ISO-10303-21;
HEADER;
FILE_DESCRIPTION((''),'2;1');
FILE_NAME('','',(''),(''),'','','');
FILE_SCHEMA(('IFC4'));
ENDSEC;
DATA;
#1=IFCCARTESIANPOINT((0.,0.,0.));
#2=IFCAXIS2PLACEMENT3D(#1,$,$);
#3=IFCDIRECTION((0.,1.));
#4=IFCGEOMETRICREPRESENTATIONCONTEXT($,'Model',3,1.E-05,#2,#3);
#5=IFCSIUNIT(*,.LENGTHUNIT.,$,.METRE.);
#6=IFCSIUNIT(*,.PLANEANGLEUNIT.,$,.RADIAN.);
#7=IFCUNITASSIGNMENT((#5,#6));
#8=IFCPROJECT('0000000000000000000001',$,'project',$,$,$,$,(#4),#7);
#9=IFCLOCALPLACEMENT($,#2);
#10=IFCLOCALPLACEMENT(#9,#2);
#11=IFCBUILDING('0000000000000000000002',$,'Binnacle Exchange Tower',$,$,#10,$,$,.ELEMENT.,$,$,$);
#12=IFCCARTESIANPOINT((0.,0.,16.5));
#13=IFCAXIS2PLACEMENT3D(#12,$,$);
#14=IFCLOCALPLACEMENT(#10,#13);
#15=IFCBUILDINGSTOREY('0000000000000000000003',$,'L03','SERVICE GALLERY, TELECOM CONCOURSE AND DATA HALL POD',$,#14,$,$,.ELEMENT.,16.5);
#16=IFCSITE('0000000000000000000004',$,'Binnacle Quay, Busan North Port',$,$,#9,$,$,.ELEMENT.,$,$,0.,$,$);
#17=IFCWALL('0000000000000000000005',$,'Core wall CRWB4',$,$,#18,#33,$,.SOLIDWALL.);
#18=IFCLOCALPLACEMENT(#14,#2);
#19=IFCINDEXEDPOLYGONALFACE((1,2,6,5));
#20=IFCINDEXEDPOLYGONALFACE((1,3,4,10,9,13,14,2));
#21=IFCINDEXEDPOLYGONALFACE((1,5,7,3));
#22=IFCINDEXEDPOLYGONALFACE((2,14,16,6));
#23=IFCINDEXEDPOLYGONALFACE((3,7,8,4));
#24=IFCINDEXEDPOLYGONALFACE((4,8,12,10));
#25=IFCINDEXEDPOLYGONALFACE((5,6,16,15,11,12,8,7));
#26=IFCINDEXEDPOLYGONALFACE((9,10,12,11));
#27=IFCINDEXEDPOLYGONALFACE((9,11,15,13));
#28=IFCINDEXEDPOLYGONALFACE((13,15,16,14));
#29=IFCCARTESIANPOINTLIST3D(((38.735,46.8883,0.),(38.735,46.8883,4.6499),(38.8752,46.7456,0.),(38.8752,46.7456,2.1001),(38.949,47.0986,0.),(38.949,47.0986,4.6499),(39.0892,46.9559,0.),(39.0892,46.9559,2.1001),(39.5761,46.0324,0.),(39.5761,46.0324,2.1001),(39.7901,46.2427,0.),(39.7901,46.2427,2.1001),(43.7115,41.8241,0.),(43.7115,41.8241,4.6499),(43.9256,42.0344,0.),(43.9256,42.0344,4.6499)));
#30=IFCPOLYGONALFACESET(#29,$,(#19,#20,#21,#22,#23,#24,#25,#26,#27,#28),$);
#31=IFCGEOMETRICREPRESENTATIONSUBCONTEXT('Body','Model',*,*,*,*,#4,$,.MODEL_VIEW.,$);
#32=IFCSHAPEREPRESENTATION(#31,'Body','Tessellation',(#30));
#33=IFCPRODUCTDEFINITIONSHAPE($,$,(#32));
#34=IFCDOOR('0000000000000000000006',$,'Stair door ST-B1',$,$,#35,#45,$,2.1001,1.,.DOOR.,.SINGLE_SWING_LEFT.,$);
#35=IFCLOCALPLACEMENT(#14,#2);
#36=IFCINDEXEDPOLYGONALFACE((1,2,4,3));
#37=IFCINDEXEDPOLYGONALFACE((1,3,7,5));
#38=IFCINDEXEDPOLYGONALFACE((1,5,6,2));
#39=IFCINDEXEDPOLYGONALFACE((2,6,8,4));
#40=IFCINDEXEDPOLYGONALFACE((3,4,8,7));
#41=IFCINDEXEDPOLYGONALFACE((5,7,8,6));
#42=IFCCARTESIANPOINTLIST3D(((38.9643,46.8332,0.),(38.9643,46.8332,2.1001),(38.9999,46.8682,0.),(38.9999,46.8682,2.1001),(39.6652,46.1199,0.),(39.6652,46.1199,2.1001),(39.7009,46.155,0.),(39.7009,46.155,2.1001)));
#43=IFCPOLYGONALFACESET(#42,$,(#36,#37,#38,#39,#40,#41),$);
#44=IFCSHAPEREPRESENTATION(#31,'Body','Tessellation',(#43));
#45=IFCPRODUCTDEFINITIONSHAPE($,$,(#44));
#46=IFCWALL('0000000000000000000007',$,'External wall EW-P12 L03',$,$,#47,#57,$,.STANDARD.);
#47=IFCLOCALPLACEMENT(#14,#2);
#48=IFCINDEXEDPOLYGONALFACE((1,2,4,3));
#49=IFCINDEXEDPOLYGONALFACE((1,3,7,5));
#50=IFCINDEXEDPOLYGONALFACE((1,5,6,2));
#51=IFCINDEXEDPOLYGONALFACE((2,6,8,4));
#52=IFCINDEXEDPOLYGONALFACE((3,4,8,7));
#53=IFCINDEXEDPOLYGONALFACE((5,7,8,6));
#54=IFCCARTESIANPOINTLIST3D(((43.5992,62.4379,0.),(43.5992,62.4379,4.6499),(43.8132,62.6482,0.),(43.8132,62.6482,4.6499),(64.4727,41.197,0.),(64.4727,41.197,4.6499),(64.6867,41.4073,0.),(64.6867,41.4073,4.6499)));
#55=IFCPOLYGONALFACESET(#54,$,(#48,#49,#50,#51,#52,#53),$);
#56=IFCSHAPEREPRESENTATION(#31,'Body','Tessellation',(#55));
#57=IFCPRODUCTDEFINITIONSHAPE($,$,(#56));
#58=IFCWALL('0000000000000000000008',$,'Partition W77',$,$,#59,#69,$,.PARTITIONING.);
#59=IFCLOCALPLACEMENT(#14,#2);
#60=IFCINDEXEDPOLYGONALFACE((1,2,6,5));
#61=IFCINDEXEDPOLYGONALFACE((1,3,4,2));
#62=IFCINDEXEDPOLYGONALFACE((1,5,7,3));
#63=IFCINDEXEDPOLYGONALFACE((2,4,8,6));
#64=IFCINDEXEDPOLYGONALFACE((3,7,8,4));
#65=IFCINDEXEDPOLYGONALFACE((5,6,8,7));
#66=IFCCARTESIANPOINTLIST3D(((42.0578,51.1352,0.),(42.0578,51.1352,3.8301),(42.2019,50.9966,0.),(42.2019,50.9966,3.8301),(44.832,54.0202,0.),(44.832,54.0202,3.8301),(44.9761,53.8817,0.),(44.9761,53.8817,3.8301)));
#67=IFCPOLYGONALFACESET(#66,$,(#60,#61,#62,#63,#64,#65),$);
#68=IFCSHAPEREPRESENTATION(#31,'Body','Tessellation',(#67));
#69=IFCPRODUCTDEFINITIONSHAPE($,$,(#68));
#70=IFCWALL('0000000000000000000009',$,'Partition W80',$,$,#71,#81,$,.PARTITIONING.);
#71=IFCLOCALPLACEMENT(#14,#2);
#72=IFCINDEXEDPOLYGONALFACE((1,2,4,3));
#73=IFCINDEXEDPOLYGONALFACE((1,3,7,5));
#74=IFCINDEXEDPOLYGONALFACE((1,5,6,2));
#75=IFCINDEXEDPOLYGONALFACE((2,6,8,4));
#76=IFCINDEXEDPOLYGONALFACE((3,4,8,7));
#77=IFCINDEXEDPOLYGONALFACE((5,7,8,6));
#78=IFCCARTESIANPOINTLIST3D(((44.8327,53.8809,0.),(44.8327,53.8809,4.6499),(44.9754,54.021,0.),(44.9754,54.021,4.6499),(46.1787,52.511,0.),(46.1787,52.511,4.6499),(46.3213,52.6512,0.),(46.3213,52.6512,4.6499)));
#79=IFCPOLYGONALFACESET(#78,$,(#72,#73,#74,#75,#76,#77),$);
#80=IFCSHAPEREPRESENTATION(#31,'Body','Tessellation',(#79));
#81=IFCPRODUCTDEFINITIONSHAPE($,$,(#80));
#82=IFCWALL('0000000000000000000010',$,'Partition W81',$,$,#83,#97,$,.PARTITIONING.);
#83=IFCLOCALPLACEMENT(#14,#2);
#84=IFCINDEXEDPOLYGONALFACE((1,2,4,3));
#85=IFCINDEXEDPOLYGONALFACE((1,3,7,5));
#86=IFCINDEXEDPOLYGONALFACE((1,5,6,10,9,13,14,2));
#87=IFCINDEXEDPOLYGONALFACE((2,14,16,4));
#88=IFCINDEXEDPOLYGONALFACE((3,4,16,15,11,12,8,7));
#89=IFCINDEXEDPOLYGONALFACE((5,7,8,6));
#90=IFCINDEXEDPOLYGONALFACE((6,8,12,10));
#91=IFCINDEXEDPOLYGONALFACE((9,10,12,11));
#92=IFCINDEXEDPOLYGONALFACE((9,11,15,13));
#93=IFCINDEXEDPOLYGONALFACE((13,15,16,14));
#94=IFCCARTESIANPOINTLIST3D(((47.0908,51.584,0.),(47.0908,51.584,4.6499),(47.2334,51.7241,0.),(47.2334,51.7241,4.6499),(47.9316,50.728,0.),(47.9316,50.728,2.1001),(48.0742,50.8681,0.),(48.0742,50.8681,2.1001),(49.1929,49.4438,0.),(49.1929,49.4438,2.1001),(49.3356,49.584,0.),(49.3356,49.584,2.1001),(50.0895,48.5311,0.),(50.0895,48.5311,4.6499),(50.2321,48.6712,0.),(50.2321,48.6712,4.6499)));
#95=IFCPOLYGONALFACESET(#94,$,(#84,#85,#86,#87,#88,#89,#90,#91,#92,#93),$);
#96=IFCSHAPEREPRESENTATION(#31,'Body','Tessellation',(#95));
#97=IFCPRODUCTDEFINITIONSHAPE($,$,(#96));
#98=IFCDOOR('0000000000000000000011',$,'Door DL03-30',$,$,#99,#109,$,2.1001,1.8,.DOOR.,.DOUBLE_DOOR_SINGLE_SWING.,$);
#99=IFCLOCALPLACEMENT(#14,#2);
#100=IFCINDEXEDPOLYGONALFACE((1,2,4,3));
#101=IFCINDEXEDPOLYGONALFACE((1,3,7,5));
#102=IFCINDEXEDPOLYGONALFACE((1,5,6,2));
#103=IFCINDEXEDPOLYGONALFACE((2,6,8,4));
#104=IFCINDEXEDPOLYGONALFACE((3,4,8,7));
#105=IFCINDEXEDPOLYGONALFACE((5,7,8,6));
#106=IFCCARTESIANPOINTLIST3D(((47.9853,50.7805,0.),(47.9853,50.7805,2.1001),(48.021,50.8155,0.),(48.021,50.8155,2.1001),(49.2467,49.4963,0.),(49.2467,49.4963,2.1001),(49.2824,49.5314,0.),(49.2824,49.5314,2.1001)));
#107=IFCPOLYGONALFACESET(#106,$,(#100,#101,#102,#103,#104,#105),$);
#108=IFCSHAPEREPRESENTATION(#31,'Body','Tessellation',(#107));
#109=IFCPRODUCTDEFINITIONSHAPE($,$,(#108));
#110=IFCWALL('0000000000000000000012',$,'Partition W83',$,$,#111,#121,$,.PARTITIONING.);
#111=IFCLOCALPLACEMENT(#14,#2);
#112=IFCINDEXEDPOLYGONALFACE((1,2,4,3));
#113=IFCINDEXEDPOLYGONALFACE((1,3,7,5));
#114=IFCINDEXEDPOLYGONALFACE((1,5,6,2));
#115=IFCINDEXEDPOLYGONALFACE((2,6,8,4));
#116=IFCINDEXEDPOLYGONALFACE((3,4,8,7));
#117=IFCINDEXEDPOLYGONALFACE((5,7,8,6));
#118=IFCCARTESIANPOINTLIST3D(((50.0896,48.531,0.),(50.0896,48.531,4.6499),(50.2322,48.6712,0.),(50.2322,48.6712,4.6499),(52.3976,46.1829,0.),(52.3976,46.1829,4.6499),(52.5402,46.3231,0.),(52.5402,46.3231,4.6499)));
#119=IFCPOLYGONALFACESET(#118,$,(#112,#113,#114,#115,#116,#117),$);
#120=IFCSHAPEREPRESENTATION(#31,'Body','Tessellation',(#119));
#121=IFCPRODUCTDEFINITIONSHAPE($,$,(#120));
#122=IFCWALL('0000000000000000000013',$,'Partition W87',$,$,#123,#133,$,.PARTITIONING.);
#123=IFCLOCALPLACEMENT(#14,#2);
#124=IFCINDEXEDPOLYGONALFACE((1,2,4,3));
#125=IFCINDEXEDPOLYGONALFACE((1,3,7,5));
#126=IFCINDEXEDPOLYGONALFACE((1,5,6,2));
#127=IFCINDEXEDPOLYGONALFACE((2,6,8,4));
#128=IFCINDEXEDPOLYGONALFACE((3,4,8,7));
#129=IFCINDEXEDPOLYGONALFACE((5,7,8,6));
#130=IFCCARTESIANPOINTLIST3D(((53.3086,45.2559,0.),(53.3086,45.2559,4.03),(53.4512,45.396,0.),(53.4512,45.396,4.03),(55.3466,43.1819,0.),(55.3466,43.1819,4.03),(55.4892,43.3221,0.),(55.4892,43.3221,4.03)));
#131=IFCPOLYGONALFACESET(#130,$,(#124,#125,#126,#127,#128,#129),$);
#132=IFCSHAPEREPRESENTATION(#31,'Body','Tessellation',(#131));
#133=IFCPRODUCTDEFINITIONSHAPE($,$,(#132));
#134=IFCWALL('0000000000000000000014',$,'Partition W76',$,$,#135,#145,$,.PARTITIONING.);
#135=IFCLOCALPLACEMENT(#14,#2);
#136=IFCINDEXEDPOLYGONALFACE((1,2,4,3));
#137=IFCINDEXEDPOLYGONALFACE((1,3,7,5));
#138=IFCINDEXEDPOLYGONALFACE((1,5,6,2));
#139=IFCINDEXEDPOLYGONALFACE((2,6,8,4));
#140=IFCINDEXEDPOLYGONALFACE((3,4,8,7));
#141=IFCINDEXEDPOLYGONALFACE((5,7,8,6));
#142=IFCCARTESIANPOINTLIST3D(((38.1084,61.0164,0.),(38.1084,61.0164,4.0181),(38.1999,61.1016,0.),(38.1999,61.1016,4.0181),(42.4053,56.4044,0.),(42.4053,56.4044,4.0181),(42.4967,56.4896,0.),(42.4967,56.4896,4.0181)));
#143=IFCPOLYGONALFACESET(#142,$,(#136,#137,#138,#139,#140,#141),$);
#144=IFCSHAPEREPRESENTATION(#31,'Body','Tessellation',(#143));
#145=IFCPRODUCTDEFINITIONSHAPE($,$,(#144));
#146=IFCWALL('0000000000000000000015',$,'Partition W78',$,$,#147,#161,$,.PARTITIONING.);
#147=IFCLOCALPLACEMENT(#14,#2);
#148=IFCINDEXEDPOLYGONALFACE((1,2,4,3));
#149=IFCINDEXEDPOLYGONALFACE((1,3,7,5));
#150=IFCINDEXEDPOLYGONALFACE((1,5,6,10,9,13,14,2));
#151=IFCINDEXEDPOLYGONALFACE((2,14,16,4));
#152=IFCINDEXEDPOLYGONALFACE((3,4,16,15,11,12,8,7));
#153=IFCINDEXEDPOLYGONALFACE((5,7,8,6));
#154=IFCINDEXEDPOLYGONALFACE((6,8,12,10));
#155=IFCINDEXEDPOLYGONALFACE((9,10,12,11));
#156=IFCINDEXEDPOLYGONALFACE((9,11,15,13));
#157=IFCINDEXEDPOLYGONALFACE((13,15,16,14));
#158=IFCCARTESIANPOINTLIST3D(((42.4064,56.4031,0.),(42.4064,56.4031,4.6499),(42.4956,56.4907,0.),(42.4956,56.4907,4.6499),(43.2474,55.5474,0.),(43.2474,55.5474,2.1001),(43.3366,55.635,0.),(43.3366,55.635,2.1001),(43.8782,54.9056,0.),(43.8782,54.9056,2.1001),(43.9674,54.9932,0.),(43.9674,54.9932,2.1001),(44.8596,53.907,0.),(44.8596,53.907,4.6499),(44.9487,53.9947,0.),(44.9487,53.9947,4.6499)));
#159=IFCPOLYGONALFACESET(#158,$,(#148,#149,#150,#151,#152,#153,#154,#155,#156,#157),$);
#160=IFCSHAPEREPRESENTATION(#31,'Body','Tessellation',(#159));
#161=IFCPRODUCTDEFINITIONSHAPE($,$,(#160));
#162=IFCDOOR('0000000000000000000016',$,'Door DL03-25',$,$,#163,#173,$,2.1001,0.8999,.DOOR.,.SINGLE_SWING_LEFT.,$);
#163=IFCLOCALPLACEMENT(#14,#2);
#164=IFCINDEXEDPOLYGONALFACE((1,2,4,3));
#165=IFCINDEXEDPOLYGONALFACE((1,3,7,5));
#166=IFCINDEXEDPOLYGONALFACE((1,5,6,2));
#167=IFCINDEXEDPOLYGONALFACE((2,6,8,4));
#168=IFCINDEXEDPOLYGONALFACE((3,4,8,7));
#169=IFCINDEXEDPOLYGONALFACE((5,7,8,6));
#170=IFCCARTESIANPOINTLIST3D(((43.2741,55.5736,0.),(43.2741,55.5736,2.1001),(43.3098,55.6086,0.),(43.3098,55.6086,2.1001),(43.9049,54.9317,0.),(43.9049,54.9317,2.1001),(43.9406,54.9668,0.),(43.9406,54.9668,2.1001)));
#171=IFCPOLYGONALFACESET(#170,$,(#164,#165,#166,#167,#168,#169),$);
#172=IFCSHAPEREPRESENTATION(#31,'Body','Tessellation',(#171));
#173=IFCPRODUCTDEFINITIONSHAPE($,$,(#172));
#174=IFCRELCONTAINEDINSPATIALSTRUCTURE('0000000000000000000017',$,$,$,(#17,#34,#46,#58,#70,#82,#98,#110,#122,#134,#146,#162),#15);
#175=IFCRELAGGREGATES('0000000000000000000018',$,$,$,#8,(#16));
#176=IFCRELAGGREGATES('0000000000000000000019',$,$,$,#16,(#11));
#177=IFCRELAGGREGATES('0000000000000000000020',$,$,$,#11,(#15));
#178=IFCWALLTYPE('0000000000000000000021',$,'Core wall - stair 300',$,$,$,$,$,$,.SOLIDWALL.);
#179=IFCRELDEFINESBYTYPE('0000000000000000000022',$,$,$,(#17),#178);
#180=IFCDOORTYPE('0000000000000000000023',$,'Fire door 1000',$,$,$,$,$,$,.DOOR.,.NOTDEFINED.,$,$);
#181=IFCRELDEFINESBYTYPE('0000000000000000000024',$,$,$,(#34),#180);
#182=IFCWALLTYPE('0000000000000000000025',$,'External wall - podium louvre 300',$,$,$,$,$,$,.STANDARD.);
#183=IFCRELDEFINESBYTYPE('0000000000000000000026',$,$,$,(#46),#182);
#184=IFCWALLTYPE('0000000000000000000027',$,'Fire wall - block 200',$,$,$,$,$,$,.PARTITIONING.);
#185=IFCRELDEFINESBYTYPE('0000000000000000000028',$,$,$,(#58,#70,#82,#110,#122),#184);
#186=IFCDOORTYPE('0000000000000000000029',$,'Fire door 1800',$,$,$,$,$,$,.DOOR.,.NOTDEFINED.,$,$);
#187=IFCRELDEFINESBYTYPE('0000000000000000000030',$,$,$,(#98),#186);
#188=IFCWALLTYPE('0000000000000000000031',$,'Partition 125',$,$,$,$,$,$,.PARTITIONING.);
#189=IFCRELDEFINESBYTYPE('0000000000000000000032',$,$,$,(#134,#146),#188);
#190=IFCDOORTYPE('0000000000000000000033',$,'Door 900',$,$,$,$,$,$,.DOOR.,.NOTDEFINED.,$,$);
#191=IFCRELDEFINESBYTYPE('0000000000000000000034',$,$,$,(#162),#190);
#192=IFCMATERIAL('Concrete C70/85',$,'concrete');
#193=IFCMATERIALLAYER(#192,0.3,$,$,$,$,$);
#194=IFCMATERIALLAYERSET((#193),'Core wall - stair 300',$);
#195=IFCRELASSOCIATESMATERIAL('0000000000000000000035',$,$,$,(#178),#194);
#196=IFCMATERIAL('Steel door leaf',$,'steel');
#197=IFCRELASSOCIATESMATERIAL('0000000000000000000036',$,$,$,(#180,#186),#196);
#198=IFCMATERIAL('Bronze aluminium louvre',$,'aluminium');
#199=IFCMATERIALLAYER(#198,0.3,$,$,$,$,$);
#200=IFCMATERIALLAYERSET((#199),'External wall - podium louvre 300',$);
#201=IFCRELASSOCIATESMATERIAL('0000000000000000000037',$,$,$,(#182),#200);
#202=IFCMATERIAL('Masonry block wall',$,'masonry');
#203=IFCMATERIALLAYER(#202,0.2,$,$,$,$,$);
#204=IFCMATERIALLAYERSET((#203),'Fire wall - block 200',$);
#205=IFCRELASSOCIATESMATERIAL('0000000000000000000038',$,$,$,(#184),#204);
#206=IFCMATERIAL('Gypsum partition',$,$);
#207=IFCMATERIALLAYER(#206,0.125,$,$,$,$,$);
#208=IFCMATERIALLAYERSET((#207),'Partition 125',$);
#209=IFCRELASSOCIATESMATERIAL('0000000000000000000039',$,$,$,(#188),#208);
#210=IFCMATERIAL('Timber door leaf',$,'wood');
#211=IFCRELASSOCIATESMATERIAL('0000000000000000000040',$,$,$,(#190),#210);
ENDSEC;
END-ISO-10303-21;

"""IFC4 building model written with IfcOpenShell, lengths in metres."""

from ifc_helpers import new_model, si_unit, direction, frame, frame_2d, origin, place, context, subcontext, project, spatial, rectangle, extrude, material, layer, layer_set, type_object, element, fill, save


model = new_model("IFC4")

# Units and contexts
model_context = context("Model", 3, precision=1e-05, world=origin(), true_north=direction((0.0, 1.0)))
body_context = subcontext(model_context, "Body", "Model", "MODEL_VIEW")
ifc_project = project(units=[si_unit("LENGTHUNIT", "METRE"), si_unit("PLANEANGLEUNIT", "RADIAN")], contexts=[model_context])

# Site, building, storey
site_placement = place(None, origin())
site = spatial("IfcSite", under=ifc_project, at=site_placement, Name="Binnacle Quay, Busan North Port", CompositionType="ELEMENT", RefElevation=0.0)
building_placement = place(site_placement, origin())
building = spatial("IfcBuilding", under=site, at=building_placement, Name="Binnacle Exchange Tower", CompositionType="ELEMENT")
storey_placement = place(building_placement, frame((0.0, 0.0, 16.5)))
storey = spatial("IfcBuildingStorey", under=building, at=storey_placement, Name="L03", Description="SERVICE GALLERY, TELECOM CONCOURSE AND DATA HALL POD", CompositionType="ELEMENT", Elevation=16.5)

# Shared definitions
ifc_material_1 = material(Name="Concrete C70/85", Category="concrete")

# Wall, opening, door
ifc_layer_1 = layer(ifc_material_1, 0.3)
ifc_layer_set_1 = layer_set([ifc_layer_1], Name="Core wall - stair 300")
wall_type_1 = type_object("IfcWallType", Name="Core wall - stair 300", PredefinedType="SOLIDWALL", material=ifc_layer_set_1)
wall_1_placement = place(storey_placement, frame((38.842, 46.9934, 0.0), z_axis=(0.0, 0.0, 1.0), x_axis=(0.700908, -0.713252, 0.0)))
wall_1 = element("IfcWall", 1, at=wall_1_placement, inside=storey, type_object=wall_type_1, Name="Core wall CRWB4", PredefinedType="SOLIDWALL", context=body_context, shape_type="SweptSolid", body=[
    extrude(rectangle(XDim=7.1001, YDim=0.3, at=frame_2d((3.55, 0.0))), origin(), (0.0, 0.0, 1.0), 4.6499),
])
opening_1_placement = place(wall_1_placement, frame((0.2, 0.0, 0.0)))
opening_1 = element("IfcOpeningElement", 2, at=opening_1_placement, cuts=wall_1, PredefinedType="OPENING", context=body_context, shape_type="SweptSolid", body=[
    extrude(rectangle(XDim=1.0, YDim=2.1001, at=frame_2d((0.5, 1.05))), frame((0.0, 0.1599, 0.0), z_axis=(0.0, -1.0, 0.0), x_axis=(1.0, 0.0, 0.0)), (0.0, 0.0, 1.0), 0.3201),
])
ifc_material_2 = material(Name="Steel door leaf", Category="steel")
door_type_1 = type_object("IfcDoorType", Name="Fire door 1000", OperationType="NOTDEFINED", PredefinedType="DOOR", material=ifc_material_2)
door_1_placement = place(opening_1_placement, origin())
door_1 = element("IfcDoor", 3, at=door_1_placement, inside=storey, type_object=door_type_1, Name="Stair door ST-B1", OperationType="SINGLE_SWING_LEFT", OverallHeight=2.1001, OverallWidth=1.0, PredefinedType="DOOR", context=body_context, shape_type="SweptSolid", body=[
    extrude(rectangle(XDim=1.0, YDim=2.1001, at=frame_2d((0.5, 1.05))), frame((0.0, 0.0249, 0.0), z_axis=(0.0, -1.0, 0.0), x_axis=(1.0, 0.0, 0.0)), (0.0, 0.0, 1.0), 0.05),
])
fill(opening_1, door_1)

# Walls
ifc_material_3 = material(Name="Bronze aluminium louvre", Category="aluminium")
ifc_layer_2 = layer(ifc_material_3, 0.3)
ifc_layer_set_2 = layer_set([ifc_layer_2], Name="External wall - podium louvre 300")
wall_type_2 = type_object("IfcWallType", Name="External wall - podium louvre 300", PredefinedType="STANDARD", material=ifc_layer_set_2)
wall_2_placement = place(storey_placement, frame((43.7063, 62.543, 0.0), z_axis=(0.0, 0.0, 1.0), x_axis=(0.700911, -0.713249, 0.0)))
element("IfcWall", 4, at=wall_2_placement, inside=storey, type_object=wall_type_2, Name="External wall EW-P12 L03", PredefinedType="STANDARD", context=body_context, shape_type="SweptSolid", body=[
    extrude(rectangle(XDim=29.7805, YDim=0.3, at=frame_2d((14.8901, 0.0))), origin(), (0.0, 0.0, 1.0), 4.6499),
])
ifc_material_4 = material(Name="Masonry block wall", Category="masonry")
ifc_layer_3 = layer(ifc_material_4, 0.2)
ifc_layer_set_3 = layer_set([ifc_layer_3], Name="Fire wall - block 200")
wall_type_3 = type_object("IfcWallType", Name="Fire wall - block 200", PredefinedType="PARTITIONING", material=ifc_layer_set_3)
wall_3_placement = place(storey_placement, frame((42.1299, 51.0659, 0.0), z_axis=(0.0, 0.0, 1.0), x_axis=(0.693125, 0.720818, 0.0)))
element("IfcWall", 5, at=wall_3_placement, inside=storey, type_object=wall_type_3, Name="Partition W77", PredefinedType="PARTITIONING", context=body_context, shape_type="SweptSolid", body=[
    extrude(rectangle(XDim=4.0024, YDim=0.2, at=frame_2d((2.0012, 0.0))), origin(), (0.0, 0.0, 1.0), 3.8301),
])
wall_4_placement = place(storey_placement, frame((44.9041, 53.9509, 0.0), z_axis=(0.0, 0.0, 1.0), x_axis=(0.70085, -0.713309, 0.0)))
element("IfcWall", 6, at=wall_4_placement, inside=storey, type_object=wall_type_3, Name="Partition W80", PredefinedType="PARTITIONING", context=body_context, shape_type="SweptSolid", body=[
    extrude(rectangle(XDim=1.9204, YDim=0.2, at=frame_2d((0.9602, 0.0))), origin(), (0.0, 0.0, 1.0), 4.6499),
])

# Wall, opening, door
wall_5_placement = place(storey_placement, frame((47.1621, 51.6541, 0.0), z_axis=(0.0, 0.0, 1.0), x_axis=(0.700746, -0.713411, 0.0)))
wall_5 = element("IfcWall", 7, at=wall_5_placement, inside=storey, type_object=wall_type_3, Name="Partition W81", PredefinedType="PARTITIONING", context=body_context, shape_type="SweptSolid", body=[
    extrude(rectangle(XDim=4.2793, YDim=0.2, at=frame_2d((2.1396, 0.0))), origin(), (0.0, 0.0, 1.0), 4.6499),
])
opening_2_placement = place(wall_5_placement, frame((1.2, 0.0, 0.0)))
opening_2 = element("IfcOpeningElement", 8, at=opening_2_placement, cuts=wall_5, PredefinedType="OPENING", context=body_context, shape_type="SweptSolid", body=[
    extrude(rectangle(XDim=1.8, YDim=2.1001, at=frame_2d((0.8999, 1.05))), frame((0.0, 0.1099, 0.0), z_axis=(0.0, -1.0, 0.0), x_axis=(1.0, 0.0, 0.0)), (0.0, 0.0, 1.0), 0.22),
])
door_type_2 = type_object("IfcDoorType", Name="Fire door 1800", OperationType="NOTDEFINED", PredefinedType="DOOR", material=ifc_material_2)
door_2_placement = place(opening_2_placement, frame((1.8, 0.0, 0.0), z_axis=(0.0, 0.0, 1.0), x_axis=(-1.0, 0.0, 0.0)))
door_2 = element("IfcDoor", 9, at=door_2_placement, inside=storey, type_object=door_type_2, Name="Door DL03-30", OperationType="DOUBLE_DOOR_SINGLE_SWING", OverallHeight=2.1001, OverallWidth=1.8, PredefinedType="DOOR", context=body_context, shape_type="SweptSolid", body=[
    extrude(rectangle(XDim=1.8, YDim=2.1001, at=frame_2d((0.8999, 1.05))), frame((0.0, 0.0249, 0.0), z_axis=(0.0, -1.0, 0.0), x_axis=(1.0, 0.0, 0.0)), (0.0, 0.0, 1.0), 0.05),
])
fill(opening_2, door_2)

# Walls
wall_6_placement = place(storey_placement, frame((50.1609, 48.6011, 0.0), z_axis=(0.0, 0.0, 1.0), x_axis=(0.701, -0.713161, 0.0)))
element("IfcWall", 10, at=wall_6_placement, inside=storey, type_object=wall_type_3, Name="Partition W83", PredefinedType="PARTITIONING", context=body_context, shape_type="SweptSolid", body=[
    extrude(rectangle(XDim=3.2925, YDim=0.2, at=frame_2d((1.6462, 0.0))), origin(), (0.0, 0.0, 1.0), 4.6499),
])
wall_7_placement = place(storey_placement, frame((53.3799, 45.3259, 0.0), z_axis=(0.0, 0.0, 1.0), x_axis=(0.700909, -0.713251, 0.0)))
element("IfcWall", 11, at=wall_7_placement, inside=storey, type_object=wall_type_3, Name="Partition W87", PredefinedType="PARTITIONING", context=body_context, shape_type="SweptSolid", body=[
    extrude(rectangle(XDim=2.9077, YDim=0.2, at=frame_2d((1.4539, 0.0))), origin(), (0.0, 0.0, 1.0), 4.03),
])
ifc_material_5 = material(Name="Gypsum partition")
ifc_layer_4 = layer(ifc_material_5, 0.125)
ifc_layer_set_4 = layer_set([ifc_layer_4], Name="Partition 125")
wall_type_4 = type_object("IfcWallType", Name="Partition 125", PredefinedType="PARTITIONING", material=ifc_layer_set_4)
wall_8_placement = place(storey_placement, frame((38.1541, 61.0591, 0.0), z_axis=(0.0, 0.0, 1.0), x_axis=(0.681664, -0.731665, 0.0)))
element("IfcWall", 12, at=wall_8_placement, inside=storey, type_object=wall_type_4, Name="Partition W76", PredefinedType="PARTITIONING", context=body_context, shape_type="SweptSolid", body=[
    extrude(rectangle(XDim=6.3035, YDim=0.125, at=frame_2d((3.1519, 0.0))), origin(), (0.0, 0.0, 1.0), 4.0181),
])

# Wall, opening, door
wall_9_placement = place(storey_placement, frame((42.4509, 56.447, 0.0), z_axis=(0.0, 0.0, 1.0), x_axis=(0.700941, -0.713219, 0.0)))
wall_9 = element("IfcWall", 13, at=wall_9_placement, inside=storey, type_object=wall_type_4, Name="Partition W78", PredefinedType="PARTITIONING", context=body_context, shape_type="SweptSolid", body=[
    extrude(rectangle(XDim=3.4998, YDim=0.125, at=frame_2d((1.75, 0.0))), origin(), (0.0, 0.0, 1.0), 4.6499),
])
opening_3_placement = place(wall_9_placement, frame((1.2, 0.0, 0.0)))
opening_3 = element("IfcOpeningElement", 14, at=opening_3_placement, cuts=wall_9, PredefinedType="OPENING", context=body_context, shape_type="SweptSolid", body=[
    extrude(rectangle(XDim=0.8999, YDim=2.1001, at=frame_2d((0.45, 1.05))), frame((0.0, 0.0725, 0.0), z_axis=(0.0, -1.0, 0.0), x_axis=(1.0, 0.0, 0.0)), (0.0, 0.0, 1.0), 0.145),
])
ifc_material_6 = material(Name="Timber door leaf", Category="wood")
door_type_3 = type_object("IfcDoorType", Name="Door 900", OperationType="NOTDEFINED", PredefinedType="DOOR", material=ifc_material_6)
door_3_placement = place(opening_3_placement, origin())
door_3 = element("IfcDoor", 15, at=door_3_placement, inside=storey, type_object=door_type_3, Name="Door DL03-25", OperationType="SINGLE_SWING_LEFT", OverallHeight=2.1001, OverallWidth=0.8999, PredefinedType="DOOR", context=body_context, shape_type="SweptSolid", body=[
    extrude(rectangle(XDim=0.8999, YDim=2.1001, at=frame_2d((0.45, 1.05))), frame((0.0, 0.0249, 0.0), z_axis=(0.0, -1.0, 0.0), x_axis=(1.0, 0.0, 0.0)), (0.0, 0.0, 1.0), 0.05),
])
fill(opening_3, door_3)

save(model, "model.ifc")
